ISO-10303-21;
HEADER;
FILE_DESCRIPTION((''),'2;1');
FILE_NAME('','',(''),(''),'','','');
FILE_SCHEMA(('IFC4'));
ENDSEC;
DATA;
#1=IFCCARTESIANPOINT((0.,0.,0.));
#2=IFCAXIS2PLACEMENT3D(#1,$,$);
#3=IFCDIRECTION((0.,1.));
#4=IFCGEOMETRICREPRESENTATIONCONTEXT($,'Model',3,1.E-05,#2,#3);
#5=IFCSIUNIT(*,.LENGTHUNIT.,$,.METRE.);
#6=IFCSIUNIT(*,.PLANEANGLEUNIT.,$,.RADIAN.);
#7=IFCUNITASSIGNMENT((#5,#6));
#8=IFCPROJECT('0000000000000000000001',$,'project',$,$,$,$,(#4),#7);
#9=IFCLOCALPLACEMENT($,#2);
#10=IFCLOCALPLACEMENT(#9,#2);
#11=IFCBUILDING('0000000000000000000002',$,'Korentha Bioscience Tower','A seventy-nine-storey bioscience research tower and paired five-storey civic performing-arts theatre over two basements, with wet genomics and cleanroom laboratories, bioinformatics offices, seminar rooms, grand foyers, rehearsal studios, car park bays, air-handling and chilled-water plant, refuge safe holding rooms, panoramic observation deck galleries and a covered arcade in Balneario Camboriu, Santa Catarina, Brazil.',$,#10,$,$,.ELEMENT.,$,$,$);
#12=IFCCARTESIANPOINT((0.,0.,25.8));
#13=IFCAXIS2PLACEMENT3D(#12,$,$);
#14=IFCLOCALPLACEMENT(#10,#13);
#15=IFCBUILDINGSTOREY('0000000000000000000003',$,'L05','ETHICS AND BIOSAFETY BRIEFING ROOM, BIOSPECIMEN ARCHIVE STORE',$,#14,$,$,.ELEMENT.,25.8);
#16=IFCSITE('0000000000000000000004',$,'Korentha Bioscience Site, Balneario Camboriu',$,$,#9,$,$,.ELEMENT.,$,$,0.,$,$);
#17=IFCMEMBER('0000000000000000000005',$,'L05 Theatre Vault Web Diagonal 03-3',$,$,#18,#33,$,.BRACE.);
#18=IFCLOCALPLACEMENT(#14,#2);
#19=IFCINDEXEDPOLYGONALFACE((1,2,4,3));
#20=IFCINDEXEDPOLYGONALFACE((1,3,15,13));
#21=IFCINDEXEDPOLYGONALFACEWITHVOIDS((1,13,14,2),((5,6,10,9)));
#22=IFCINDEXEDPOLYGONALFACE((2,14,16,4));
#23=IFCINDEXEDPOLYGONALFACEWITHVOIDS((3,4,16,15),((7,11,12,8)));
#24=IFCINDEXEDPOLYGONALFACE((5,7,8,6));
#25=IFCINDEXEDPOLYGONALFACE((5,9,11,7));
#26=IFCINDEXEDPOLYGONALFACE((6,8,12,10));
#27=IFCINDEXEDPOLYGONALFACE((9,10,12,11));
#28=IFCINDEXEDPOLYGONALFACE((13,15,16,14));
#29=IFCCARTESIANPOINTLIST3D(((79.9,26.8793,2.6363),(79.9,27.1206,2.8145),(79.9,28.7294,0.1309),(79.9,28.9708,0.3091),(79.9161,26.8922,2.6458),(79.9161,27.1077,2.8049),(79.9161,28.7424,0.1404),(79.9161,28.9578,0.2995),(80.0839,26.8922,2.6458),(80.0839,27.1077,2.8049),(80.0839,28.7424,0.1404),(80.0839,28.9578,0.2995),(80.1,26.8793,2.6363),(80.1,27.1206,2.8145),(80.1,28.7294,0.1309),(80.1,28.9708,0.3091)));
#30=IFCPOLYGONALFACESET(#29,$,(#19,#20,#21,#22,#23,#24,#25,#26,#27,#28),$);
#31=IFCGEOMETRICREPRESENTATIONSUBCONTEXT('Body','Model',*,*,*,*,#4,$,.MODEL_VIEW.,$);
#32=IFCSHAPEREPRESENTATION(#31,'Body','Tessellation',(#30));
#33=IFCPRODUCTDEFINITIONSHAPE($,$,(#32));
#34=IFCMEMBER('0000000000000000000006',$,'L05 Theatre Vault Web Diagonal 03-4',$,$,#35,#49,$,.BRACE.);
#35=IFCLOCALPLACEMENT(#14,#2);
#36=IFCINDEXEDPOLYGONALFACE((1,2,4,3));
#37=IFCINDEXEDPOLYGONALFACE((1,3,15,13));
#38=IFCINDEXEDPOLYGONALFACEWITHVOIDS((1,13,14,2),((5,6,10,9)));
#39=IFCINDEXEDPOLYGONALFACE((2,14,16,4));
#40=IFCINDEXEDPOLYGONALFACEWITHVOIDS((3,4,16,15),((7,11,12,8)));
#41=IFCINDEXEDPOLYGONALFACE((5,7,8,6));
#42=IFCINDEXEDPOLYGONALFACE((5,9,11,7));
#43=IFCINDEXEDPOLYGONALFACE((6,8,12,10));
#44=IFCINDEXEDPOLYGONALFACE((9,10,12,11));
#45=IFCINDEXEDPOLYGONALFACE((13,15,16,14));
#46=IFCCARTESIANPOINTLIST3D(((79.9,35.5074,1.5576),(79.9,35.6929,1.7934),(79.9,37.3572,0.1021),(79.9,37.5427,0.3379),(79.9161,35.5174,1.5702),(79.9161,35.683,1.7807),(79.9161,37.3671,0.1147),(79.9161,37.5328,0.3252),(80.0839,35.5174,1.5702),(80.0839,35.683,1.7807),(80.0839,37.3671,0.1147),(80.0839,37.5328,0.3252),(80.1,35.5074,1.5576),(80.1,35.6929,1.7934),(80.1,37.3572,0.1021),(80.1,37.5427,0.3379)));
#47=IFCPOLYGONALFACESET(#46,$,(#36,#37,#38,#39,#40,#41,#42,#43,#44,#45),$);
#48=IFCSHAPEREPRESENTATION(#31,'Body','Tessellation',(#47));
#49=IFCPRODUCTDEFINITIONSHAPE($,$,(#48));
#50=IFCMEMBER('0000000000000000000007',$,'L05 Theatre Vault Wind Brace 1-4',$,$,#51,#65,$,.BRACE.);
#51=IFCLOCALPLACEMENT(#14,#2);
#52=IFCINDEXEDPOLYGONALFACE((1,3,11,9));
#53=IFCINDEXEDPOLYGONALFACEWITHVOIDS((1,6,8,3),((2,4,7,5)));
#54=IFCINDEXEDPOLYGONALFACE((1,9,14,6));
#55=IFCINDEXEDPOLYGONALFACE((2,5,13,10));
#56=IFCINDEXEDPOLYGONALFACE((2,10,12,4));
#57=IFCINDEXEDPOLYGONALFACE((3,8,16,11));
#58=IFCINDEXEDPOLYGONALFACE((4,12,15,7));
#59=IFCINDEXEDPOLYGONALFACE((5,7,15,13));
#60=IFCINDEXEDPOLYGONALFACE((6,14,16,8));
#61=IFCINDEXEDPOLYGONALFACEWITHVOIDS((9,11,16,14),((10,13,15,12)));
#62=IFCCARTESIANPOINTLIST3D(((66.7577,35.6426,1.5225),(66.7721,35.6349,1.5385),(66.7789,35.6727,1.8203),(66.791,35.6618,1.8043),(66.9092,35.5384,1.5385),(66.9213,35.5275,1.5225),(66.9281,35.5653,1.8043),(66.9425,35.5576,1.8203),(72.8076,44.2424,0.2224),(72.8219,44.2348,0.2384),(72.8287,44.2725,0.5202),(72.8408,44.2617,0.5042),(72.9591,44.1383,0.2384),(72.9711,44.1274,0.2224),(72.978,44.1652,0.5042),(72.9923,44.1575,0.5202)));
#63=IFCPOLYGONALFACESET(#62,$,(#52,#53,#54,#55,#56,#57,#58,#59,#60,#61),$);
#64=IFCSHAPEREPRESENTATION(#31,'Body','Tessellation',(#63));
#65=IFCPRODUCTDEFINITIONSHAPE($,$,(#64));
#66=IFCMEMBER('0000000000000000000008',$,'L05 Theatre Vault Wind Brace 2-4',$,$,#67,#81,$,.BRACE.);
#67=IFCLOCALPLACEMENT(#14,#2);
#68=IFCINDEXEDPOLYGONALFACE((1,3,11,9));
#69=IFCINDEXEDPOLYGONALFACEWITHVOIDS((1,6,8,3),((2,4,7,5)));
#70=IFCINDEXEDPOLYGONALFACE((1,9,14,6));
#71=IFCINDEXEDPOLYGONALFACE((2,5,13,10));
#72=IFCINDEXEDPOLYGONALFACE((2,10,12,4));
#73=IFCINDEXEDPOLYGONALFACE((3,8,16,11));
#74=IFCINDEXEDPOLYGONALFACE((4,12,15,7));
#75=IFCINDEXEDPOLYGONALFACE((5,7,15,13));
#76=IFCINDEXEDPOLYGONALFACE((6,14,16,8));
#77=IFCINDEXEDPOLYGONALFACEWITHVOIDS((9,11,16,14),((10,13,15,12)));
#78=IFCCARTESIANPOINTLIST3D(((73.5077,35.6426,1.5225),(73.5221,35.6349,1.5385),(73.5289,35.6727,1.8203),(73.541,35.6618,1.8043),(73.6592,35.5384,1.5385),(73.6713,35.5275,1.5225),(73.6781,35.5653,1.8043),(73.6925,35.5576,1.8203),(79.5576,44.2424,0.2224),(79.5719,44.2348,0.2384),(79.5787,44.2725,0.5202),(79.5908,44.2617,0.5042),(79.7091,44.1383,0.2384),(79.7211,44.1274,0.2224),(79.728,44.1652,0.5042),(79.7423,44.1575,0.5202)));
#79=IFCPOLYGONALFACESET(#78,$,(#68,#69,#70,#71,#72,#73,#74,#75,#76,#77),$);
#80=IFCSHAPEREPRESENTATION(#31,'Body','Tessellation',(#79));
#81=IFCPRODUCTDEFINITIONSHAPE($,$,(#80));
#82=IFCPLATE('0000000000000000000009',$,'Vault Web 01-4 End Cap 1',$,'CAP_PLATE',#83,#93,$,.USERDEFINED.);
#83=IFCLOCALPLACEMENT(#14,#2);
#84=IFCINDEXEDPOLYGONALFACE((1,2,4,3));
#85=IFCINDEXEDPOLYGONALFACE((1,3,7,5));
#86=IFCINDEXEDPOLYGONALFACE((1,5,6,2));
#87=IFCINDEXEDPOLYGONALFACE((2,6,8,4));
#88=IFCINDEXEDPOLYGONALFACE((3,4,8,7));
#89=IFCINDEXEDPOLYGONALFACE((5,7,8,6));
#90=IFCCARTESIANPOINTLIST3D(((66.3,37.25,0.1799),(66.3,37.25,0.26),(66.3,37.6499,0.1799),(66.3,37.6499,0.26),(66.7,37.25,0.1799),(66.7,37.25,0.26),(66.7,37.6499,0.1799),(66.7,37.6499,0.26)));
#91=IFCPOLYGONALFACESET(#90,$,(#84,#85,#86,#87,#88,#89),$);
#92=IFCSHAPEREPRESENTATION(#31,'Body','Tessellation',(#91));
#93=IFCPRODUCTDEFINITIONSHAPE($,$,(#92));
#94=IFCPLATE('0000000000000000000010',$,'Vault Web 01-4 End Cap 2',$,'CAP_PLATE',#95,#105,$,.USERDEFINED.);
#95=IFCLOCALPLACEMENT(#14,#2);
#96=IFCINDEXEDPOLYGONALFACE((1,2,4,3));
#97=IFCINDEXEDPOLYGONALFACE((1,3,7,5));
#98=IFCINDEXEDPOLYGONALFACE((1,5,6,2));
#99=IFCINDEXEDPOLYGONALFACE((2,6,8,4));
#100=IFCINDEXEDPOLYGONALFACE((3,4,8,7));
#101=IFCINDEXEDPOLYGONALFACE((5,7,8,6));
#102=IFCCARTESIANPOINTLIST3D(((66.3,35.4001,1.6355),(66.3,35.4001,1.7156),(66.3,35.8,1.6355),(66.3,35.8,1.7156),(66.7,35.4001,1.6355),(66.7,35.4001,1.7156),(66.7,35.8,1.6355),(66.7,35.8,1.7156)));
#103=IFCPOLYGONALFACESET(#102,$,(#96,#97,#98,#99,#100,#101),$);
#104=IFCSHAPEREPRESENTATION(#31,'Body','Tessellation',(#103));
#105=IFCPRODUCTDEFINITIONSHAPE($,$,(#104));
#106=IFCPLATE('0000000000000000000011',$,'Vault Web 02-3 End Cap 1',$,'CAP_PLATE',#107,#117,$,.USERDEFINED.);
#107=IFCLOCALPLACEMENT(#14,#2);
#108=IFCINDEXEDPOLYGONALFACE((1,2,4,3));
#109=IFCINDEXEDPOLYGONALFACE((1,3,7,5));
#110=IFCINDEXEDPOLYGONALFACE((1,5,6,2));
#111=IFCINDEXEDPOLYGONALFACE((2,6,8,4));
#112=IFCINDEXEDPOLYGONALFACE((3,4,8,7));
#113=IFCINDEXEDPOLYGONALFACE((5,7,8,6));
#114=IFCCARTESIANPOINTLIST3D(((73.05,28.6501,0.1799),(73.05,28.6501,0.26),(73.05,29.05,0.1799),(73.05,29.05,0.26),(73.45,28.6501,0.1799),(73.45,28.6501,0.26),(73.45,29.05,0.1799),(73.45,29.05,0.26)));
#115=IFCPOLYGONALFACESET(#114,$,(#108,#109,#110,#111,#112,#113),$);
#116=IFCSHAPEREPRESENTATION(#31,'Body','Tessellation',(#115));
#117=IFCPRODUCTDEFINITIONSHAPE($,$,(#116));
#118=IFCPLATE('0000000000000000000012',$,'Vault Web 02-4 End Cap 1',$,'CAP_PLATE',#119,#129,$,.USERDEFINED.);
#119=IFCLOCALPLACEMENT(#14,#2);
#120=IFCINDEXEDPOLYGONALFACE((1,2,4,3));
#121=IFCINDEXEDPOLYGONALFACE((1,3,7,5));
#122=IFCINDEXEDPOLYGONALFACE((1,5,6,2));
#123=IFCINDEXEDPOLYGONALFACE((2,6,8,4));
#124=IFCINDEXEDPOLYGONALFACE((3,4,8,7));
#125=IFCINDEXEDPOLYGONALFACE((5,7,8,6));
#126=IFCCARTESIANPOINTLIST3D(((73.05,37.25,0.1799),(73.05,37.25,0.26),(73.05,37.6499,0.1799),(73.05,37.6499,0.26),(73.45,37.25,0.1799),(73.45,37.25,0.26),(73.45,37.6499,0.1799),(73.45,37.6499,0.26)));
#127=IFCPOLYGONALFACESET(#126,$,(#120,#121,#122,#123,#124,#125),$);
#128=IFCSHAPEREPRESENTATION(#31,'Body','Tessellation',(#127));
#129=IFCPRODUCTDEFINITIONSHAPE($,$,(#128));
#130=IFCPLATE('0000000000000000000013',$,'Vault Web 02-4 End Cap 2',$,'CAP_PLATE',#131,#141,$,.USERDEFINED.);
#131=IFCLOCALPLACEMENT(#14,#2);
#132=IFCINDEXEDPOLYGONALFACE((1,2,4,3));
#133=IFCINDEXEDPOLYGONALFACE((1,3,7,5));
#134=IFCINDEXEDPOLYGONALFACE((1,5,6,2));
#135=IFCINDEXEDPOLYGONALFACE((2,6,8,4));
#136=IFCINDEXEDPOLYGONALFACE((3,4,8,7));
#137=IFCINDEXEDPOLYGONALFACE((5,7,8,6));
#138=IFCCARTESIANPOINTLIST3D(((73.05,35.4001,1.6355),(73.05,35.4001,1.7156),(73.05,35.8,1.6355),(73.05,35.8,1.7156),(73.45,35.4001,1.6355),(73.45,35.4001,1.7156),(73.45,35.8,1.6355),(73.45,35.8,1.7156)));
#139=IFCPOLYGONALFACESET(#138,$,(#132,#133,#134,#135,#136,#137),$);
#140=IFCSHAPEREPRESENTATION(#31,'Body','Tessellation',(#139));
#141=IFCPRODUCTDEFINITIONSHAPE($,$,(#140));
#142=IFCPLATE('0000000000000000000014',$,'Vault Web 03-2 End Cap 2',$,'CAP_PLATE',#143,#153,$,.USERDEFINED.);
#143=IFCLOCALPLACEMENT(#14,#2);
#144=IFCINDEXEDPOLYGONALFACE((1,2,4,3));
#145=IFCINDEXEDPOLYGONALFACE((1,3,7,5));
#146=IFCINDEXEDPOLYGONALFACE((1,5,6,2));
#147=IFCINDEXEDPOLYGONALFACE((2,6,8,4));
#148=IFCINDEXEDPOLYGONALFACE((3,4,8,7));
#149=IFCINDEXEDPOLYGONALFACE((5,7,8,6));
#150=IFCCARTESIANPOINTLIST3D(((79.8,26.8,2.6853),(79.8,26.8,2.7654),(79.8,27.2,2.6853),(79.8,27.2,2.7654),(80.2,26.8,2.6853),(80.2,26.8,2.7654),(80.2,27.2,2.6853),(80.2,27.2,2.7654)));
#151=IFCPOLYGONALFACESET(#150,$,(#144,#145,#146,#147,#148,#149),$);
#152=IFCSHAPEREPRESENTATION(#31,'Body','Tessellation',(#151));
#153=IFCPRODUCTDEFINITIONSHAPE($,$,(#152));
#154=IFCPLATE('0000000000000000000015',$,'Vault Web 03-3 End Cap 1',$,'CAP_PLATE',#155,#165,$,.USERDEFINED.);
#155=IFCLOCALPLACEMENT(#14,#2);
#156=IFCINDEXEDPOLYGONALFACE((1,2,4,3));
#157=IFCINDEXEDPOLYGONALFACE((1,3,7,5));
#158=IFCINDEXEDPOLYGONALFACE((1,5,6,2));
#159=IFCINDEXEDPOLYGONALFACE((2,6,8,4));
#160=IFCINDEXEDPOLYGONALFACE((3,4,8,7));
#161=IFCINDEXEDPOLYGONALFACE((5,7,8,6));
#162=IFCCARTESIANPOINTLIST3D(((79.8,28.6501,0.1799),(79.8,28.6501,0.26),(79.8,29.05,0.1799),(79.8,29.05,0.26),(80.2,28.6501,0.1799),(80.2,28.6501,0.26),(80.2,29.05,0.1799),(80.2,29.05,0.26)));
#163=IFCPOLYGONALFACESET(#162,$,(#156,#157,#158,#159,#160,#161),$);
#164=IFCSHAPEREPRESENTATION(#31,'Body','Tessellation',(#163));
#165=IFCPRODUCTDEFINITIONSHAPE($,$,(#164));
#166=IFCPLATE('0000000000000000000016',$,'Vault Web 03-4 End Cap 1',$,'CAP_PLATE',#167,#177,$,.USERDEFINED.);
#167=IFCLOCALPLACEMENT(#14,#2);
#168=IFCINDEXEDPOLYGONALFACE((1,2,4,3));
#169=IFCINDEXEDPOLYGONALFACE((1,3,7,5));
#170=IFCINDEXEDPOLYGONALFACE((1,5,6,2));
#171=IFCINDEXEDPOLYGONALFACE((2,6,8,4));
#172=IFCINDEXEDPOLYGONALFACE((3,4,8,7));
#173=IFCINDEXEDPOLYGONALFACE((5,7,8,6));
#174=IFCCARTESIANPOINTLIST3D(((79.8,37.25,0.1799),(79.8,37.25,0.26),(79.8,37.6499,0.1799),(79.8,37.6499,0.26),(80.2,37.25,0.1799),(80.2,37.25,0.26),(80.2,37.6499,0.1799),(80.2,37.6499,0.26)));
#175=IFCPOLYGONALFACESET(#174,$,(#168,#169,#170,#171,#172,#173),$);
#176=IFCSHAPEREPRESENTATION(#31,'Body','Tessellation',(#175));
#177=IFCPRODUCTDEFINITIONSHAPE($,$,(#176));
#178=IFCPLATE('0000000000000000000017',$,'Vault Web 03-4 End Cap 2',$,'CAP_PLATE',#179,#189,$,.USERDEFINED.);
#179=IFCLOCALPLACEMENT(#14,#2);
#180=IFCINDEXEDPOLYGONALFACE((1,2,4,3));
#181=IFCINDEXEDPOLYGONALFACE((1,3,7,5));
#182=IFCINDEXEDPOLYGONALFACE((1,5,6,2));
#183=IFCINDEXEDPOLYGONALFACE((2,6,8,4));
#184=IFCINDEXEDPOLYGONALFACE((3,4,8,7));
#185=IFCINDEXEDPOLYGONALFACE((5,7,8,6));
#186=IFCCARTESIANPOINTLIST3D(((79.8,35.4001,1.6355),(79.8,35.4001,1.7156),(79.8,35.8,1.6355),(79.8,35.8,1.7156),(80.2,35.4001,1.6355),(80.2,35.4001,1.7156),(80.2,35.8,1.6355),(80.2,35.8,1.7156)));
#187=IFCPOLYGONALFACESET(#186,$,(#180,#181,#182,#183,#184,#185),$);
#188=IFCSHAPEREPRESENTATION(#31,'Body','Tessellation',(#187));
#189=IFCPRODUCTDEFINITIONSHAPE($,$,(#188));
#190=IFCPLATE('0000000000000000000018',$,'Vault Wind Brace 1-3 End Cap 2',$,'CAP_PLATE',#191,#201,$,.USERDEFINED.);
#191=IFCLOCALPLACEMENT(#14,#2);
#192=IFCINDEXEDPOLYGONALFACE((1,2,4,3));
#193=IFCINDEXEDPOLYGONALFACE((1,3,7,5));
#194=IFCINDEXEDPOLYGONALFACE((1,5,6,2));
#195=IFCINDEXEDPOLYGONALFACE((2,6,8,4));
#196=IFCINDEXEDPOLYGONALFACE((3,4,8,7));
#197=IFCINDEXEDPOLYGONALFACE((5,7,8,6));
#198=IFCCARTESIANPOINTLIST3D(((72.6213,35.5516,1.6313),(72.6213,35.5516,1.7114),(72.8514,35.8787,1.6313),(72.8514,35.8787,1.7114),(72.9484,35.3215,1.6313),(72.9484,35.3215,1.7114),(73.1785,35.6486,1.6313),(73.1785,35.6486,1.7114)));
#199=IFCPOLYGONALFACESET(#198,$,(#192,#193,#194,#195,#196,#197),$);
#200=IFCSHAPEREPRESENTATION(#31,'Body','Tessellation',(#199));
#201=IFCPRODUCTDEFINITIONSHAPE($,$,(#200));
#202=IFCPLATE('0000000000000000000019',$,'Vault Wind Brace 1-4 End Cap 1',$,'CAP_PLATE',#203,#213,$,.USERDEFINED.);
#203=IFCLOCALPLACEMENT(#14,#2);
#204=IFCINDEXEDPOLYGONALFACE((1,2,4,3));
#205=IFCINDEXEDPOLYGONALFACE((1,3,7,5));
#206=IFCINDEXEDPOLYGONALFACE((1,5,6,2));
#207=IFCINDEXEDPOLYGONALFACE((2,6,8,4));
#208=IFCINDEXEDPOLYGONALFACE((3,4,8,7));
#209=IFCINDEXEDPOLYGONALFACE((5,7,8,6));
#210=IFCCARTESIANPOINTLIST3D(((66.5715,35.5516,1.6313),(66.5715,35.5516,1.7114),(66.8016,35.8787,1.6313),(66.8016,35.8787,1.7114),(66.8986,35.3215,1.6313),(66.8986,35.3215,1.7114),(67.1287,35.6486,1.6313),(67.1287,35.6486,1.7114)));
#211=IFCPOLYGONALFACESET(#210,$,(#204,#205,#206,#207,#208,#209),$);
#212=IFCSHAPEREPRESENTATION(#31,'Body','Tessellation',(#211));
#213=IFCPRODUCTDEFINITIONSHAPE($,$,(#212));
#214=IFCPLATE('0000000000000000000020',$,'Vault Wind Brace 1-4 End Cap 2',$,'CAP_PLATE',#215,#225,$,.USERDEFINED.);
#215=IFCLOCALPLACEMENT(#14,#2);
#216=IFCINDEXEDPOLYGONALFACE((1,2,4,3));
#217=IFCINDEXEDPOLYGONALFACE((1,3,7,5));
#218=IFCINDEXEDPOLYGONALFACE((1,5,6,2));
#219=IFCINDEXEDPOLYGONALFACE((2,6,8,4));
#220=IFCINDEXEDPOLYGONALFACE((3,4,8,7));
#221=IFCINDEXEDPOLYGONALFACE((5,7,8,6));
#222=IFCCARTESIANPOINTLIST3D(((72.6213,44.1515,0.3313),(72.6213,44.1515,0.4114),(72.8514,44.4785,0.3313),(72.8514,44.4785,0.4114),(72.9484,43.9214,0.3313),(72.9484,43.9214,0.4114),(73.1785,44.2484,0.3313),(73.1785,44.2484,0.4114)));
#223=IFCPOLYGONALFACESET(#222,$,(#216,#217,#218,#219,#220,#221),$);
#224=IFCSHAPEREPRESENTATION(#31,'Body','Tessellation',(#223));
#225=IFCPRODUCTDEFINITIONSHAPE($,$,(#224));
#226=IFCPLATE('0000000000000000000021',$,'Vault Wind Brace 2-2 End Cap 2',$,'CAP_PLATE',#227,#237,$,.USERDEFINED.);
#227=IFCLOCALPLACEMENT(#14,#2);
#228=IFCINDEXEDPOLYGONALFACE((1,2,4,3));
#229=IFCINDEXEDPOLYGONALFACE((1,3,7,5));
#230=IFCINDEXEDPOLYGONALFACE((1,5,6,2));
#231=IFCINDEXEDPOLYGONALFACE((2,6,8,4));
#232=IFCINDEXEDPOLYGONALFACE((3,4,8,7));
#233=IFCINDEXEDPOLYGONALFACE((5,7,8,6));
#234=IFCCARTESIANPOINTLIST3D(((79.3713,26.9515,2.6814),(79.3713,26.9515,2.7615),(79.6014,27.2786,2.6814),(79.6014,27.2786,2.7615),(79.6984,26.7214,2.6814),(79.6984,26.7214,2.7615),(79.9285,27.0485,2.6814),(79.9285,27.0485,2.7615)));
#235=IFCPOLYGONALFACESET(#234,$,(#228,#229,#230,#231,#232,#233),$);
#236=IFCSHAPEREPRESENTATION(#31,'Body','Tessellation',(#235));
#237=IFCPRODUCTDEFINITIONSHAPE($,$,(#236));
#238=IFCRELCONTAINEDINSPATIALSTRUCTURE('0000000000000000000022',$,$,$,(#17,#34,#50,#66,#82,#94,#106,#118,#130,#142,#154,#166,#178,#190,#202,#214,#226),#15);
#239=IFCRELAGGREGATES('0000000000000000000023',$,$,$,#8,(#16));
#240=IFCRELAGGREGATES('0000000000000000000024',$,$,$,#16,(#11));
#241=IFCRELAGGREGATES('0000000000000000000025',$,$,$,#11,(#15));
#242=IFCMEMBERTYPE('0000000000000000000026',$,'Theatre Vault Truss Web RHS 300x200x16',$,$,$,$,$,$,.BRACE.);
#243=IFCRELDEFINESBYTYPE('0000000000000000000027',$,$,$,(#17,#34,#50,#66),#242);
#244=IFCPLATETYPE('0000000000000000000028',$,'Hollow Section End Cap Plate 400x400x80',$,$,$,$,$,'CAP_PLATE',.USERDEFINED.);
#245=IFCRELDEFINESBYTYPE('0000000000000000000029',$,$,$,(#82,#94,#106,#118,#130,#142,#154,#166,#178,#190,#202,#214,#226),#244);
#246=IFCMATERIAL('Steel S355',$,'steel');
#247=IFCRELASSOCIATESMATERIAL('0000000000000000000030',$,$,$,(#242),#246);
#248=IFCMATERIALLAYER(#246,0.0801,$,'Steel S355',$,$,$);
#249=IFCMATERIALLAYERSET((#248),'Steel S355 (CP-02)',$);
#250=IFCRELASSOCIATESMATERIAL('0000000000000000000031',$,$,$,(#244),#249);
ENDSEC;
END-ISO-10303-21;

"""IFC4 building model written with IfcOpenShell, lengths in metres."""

from ifc_helpers import new_model, si_unit, direction, frame, origin, origin_2d, place, context, subcontext, project, spatial, rectangle, hollow_rectangle, extrude, material, layer, layer_set, material_profile, profile_set, type_object, element, save


model = new_model("IFC4")

# Units and contexts
model_context = context("Model", 3, precision=1e-05, world=origin(), true_north=direction((0.0, 1.0)))
body_context = subcontext(model_context, "Body", "Model", "MODEL_VIEW")
ifc_project = project(units=[si_unit("LENGTHUNIT", "METRE"), si_unit("PLANEANGLEUNIT", "RADIAN")], contexts=[model_context])

# Site, building, storey
site_placement = place(None, origin())
site = spatial("IfcSite", under=ifc_project, at=site_placement, Name="Korentha Bioscience Site, Balneario Camboriu", CompositionType="ELEMENT", RefElevation=0.0)
building_placement = place(site_placement, origin())
building = spatial("IfcBuilding", under=site, at=building_placement, Name="Korentha Bioscience Tower", Description="A seventy-nine-storey bioscience research tower and paired five-storey civic performing-arts theatre over two basements, with wet genomics and cleanroom laboratories, bioinformatics offices, seminar rooms, grand foyers, rehearsal studios, car park bays, air-handling and chilled-water plant, refuge safe holding rooms, panoramic observation deck galleries and a covered arcade in Balneario Camboriu, Santa Catarina, Brazil.", CompositionType="ELEMENT")
storey_placement = place(building_placement, frame((0.0, 0.0, 25.8)))
storey = spatial("IfcBuildingStorey", under=building, at=storey_placement, Name="L05", Description="ETHICS AND BIOSAFETY BRIEFING ROOM, BIOSPECIMEN ARCHIVE STORE", CompositionType="ELEMENT", Elevation=25.8)

# Shared definitions
ifc_material = material(Name="Steel S355", Category="steel")

# Members
ifc_material_profile_1 = material_profile(ifc_material, hollow_rectangle(XDim=0.2, YDim=0.3, WallThickness=0.0161, at=origin_2d()), Name="Steel S355")
ifc_profile_set_1 = profile_set([ifc_material_profile_1], Name="Steel S355 (TV-W300)")
member_type = type_object("IfcMemberType", Name="Theatre Vault Truss Web RHS 300x200x16", PredefinedType="BRACE", material=ifc_profile_set_1)
member_1_placement = place(storey_placement, frame((80.0, 28.8501, 0.22), z_axis=(0.0, -0.594038, 0.804437), x_axis=(1.0, 0.0, 0.0)))
element("IfcMember", 1, at=member_1_placement, inside=storey, type_object=member_type, Name="L05 Theatre Vault Web Diagonal 03-3", PredefinedType="BRACE", context=body_context, shape_type="SweptSolid", body=[
    extrude(hollow_rectangle(XDim=0.2, YDim=0.3, WallThickness=0.0161, at=origin_2d()), origin(), (0.0, 0.0, 1.0), 3.1145),
])
member_2_placement = place(storey_placement, frame((80.0, 37.45, 0.22), z_axis=(0.0, -0.785883, 0.618376), x_axis=(1.0, 0.0, 0.0)))
element("IfcMember", 2, at=member_2_placement, inside=storey, type_object=member_type, Name="L05 Theatre Vault Web Diagonal 03-4", PredefinedType="BRACE", context=body_context, shape_type="SweptSolid", body=[
    extrude(hollow_rectangle(XDim=0.2, YDim=0.3, WallThickness=0.0161, at=origin_2d()), origin(), (0.0, 0.0, 1.0), 2.3538),
])
for number, where, z_axis, x_axis, name in (
    (3, (66.8501, 35.6001, 1.6714), (0.571022, 0.811713, -0.122707), (-0.817893, 0.57537, 0.0), "L05 Theatre Vault Wind Brace 1-4"),
    (4, (73.6001, 35.6001, 1.6714), (0.571022, 0.811713, -0.122707), (-0.817893, 0.57537, 0.0), "L05 Theatre Vault Wind Brace 2-4"),
):
    element("IfcMember", number, at=place(storey_placement, frame(where, z_axis=z_axis, x_axis=x_axis)), inside=storey, type_object=member_type, Name=name, PredefinedType="BRACE", context=body_context, shape_type="SweptSolid", body=[
        extrude(hollow_rectangle(XDim=0.2, YDim=0.3, WallThickness=0.0161, at=origin_2d()), origin(), (0.0, 0.0, 1.0), 10.5947),
    ])

# Plates
ifc_layer_1 = layer(ifc_material, 0.0801, Name="Steel S355")
ifc_layer_set_1 = layer_set([ifc_layer_1], Name="Steel S355 (CP-02)")
plate_type_1 = type_object("IfcPlateType", Name="Hollow Section End Cap Plate 400x400x80", ElementType="CAP_PLATE", PredefinedType="USERDEFINED", material=ifc_layer_set_1)
for number, where, z_axis, x_axis, name in (
    (5, (66.5, 37.45, 0.1799), (0.0, 0.0, 1.0), (0.0, 1.0, 0.0), "Vault Web 01-4 End Cap 1"),
    (6, (66.5, 35.6001, 1.6355), (0.0, 0.0, 1.0), (0.0, 1.0, 0.0), "Vault Web 01-4 End Cap 2"),
    (7, (73.25, 28.8501, 0.1799), (0.0, 0.0, 1.0), (0.0, 1.0, 0.0), "Vault Web 02-3 End Cap 1"),
    (8, (73.25, 37.45, 0.1799), (0.0, 0.0, 1.0), (0.0, 1.0, 0.0), "Vault Web 02-4 End Cap 1"),
    (9, (73.25, 35.6001, 1.6355), (0.0, 0.0, 1.0), (0.0, 1.0, 0.0), "Vault Web 02-4 End Cap 2"),
    (10, (80.0, 27.0, 2.6853), (0.0, 0.0, 1.0), (0.0, 1.0, 0.0), "Vault Web 03-2 End Cap 2"),
    (11, (80.0, 28.8501, 0.1799), (0.0, 0.0, 1.0), (0.0, 1.0, 0.0), "Vault Web 03-3 End Cap 1"),
    (12, (80.0, 37.45, 0.1799), (0.0, 0.0, 1.0), (0.0, 1.0, 0.0), "Vault Web 03-4 End Cap 1"),
    (13, (80.0, 35.6001, 1.6355), (0.0, 0.0, 1.0), (0.0, 1.0, 0.0), "Vault Web 03-4 End Cap 2"),
    (14, (72.8999, 35.6001, 1.6313), (0.0, 0.0, 1.0), (0.575434, 0.817849, 0.0), "Vault Wind Brace 1-3 End Cap 2"),
    (15, (66.8501, 35.6001, 1.6313), (0.0, 0.0, 1.0), (0.575434, 0.817849, 0.0), "Vault Wind Brace 1-4 End Cap 1"),
    (16, (72.8999, 44.2, 0.3313), (0.0, 0.0, 1.0), (0.575434, 0.817849, 0.0), "Vault Wind Brace 1-4 End Cap 2"),
    (17, (79.6499, 27.0, 2.6814), (0.0, 0.0, 1.0), (0.575434, 0.817849, 0.0), "Vault Wind Brace 2-2 End Cap 2"),
):
    element("IfcPlate", number, at=place(storey_placement, frame(where, z_axis=z_axis, x_axis=x_axis)), inside=storey, type_object=plate_type_1, Name=name, ObjectType="CAP_PLATE", PredefinedType="USERDEFINED", context=body_context, shape_type="SweptSolid", body=[
        extrude(rectangle(XDim=0.3999, YDim=0.3999, at=origin_2d()), origin(), (0.0, 0.0, 1.0), 0.0801),
    ])

save(model, "model.ifc")
